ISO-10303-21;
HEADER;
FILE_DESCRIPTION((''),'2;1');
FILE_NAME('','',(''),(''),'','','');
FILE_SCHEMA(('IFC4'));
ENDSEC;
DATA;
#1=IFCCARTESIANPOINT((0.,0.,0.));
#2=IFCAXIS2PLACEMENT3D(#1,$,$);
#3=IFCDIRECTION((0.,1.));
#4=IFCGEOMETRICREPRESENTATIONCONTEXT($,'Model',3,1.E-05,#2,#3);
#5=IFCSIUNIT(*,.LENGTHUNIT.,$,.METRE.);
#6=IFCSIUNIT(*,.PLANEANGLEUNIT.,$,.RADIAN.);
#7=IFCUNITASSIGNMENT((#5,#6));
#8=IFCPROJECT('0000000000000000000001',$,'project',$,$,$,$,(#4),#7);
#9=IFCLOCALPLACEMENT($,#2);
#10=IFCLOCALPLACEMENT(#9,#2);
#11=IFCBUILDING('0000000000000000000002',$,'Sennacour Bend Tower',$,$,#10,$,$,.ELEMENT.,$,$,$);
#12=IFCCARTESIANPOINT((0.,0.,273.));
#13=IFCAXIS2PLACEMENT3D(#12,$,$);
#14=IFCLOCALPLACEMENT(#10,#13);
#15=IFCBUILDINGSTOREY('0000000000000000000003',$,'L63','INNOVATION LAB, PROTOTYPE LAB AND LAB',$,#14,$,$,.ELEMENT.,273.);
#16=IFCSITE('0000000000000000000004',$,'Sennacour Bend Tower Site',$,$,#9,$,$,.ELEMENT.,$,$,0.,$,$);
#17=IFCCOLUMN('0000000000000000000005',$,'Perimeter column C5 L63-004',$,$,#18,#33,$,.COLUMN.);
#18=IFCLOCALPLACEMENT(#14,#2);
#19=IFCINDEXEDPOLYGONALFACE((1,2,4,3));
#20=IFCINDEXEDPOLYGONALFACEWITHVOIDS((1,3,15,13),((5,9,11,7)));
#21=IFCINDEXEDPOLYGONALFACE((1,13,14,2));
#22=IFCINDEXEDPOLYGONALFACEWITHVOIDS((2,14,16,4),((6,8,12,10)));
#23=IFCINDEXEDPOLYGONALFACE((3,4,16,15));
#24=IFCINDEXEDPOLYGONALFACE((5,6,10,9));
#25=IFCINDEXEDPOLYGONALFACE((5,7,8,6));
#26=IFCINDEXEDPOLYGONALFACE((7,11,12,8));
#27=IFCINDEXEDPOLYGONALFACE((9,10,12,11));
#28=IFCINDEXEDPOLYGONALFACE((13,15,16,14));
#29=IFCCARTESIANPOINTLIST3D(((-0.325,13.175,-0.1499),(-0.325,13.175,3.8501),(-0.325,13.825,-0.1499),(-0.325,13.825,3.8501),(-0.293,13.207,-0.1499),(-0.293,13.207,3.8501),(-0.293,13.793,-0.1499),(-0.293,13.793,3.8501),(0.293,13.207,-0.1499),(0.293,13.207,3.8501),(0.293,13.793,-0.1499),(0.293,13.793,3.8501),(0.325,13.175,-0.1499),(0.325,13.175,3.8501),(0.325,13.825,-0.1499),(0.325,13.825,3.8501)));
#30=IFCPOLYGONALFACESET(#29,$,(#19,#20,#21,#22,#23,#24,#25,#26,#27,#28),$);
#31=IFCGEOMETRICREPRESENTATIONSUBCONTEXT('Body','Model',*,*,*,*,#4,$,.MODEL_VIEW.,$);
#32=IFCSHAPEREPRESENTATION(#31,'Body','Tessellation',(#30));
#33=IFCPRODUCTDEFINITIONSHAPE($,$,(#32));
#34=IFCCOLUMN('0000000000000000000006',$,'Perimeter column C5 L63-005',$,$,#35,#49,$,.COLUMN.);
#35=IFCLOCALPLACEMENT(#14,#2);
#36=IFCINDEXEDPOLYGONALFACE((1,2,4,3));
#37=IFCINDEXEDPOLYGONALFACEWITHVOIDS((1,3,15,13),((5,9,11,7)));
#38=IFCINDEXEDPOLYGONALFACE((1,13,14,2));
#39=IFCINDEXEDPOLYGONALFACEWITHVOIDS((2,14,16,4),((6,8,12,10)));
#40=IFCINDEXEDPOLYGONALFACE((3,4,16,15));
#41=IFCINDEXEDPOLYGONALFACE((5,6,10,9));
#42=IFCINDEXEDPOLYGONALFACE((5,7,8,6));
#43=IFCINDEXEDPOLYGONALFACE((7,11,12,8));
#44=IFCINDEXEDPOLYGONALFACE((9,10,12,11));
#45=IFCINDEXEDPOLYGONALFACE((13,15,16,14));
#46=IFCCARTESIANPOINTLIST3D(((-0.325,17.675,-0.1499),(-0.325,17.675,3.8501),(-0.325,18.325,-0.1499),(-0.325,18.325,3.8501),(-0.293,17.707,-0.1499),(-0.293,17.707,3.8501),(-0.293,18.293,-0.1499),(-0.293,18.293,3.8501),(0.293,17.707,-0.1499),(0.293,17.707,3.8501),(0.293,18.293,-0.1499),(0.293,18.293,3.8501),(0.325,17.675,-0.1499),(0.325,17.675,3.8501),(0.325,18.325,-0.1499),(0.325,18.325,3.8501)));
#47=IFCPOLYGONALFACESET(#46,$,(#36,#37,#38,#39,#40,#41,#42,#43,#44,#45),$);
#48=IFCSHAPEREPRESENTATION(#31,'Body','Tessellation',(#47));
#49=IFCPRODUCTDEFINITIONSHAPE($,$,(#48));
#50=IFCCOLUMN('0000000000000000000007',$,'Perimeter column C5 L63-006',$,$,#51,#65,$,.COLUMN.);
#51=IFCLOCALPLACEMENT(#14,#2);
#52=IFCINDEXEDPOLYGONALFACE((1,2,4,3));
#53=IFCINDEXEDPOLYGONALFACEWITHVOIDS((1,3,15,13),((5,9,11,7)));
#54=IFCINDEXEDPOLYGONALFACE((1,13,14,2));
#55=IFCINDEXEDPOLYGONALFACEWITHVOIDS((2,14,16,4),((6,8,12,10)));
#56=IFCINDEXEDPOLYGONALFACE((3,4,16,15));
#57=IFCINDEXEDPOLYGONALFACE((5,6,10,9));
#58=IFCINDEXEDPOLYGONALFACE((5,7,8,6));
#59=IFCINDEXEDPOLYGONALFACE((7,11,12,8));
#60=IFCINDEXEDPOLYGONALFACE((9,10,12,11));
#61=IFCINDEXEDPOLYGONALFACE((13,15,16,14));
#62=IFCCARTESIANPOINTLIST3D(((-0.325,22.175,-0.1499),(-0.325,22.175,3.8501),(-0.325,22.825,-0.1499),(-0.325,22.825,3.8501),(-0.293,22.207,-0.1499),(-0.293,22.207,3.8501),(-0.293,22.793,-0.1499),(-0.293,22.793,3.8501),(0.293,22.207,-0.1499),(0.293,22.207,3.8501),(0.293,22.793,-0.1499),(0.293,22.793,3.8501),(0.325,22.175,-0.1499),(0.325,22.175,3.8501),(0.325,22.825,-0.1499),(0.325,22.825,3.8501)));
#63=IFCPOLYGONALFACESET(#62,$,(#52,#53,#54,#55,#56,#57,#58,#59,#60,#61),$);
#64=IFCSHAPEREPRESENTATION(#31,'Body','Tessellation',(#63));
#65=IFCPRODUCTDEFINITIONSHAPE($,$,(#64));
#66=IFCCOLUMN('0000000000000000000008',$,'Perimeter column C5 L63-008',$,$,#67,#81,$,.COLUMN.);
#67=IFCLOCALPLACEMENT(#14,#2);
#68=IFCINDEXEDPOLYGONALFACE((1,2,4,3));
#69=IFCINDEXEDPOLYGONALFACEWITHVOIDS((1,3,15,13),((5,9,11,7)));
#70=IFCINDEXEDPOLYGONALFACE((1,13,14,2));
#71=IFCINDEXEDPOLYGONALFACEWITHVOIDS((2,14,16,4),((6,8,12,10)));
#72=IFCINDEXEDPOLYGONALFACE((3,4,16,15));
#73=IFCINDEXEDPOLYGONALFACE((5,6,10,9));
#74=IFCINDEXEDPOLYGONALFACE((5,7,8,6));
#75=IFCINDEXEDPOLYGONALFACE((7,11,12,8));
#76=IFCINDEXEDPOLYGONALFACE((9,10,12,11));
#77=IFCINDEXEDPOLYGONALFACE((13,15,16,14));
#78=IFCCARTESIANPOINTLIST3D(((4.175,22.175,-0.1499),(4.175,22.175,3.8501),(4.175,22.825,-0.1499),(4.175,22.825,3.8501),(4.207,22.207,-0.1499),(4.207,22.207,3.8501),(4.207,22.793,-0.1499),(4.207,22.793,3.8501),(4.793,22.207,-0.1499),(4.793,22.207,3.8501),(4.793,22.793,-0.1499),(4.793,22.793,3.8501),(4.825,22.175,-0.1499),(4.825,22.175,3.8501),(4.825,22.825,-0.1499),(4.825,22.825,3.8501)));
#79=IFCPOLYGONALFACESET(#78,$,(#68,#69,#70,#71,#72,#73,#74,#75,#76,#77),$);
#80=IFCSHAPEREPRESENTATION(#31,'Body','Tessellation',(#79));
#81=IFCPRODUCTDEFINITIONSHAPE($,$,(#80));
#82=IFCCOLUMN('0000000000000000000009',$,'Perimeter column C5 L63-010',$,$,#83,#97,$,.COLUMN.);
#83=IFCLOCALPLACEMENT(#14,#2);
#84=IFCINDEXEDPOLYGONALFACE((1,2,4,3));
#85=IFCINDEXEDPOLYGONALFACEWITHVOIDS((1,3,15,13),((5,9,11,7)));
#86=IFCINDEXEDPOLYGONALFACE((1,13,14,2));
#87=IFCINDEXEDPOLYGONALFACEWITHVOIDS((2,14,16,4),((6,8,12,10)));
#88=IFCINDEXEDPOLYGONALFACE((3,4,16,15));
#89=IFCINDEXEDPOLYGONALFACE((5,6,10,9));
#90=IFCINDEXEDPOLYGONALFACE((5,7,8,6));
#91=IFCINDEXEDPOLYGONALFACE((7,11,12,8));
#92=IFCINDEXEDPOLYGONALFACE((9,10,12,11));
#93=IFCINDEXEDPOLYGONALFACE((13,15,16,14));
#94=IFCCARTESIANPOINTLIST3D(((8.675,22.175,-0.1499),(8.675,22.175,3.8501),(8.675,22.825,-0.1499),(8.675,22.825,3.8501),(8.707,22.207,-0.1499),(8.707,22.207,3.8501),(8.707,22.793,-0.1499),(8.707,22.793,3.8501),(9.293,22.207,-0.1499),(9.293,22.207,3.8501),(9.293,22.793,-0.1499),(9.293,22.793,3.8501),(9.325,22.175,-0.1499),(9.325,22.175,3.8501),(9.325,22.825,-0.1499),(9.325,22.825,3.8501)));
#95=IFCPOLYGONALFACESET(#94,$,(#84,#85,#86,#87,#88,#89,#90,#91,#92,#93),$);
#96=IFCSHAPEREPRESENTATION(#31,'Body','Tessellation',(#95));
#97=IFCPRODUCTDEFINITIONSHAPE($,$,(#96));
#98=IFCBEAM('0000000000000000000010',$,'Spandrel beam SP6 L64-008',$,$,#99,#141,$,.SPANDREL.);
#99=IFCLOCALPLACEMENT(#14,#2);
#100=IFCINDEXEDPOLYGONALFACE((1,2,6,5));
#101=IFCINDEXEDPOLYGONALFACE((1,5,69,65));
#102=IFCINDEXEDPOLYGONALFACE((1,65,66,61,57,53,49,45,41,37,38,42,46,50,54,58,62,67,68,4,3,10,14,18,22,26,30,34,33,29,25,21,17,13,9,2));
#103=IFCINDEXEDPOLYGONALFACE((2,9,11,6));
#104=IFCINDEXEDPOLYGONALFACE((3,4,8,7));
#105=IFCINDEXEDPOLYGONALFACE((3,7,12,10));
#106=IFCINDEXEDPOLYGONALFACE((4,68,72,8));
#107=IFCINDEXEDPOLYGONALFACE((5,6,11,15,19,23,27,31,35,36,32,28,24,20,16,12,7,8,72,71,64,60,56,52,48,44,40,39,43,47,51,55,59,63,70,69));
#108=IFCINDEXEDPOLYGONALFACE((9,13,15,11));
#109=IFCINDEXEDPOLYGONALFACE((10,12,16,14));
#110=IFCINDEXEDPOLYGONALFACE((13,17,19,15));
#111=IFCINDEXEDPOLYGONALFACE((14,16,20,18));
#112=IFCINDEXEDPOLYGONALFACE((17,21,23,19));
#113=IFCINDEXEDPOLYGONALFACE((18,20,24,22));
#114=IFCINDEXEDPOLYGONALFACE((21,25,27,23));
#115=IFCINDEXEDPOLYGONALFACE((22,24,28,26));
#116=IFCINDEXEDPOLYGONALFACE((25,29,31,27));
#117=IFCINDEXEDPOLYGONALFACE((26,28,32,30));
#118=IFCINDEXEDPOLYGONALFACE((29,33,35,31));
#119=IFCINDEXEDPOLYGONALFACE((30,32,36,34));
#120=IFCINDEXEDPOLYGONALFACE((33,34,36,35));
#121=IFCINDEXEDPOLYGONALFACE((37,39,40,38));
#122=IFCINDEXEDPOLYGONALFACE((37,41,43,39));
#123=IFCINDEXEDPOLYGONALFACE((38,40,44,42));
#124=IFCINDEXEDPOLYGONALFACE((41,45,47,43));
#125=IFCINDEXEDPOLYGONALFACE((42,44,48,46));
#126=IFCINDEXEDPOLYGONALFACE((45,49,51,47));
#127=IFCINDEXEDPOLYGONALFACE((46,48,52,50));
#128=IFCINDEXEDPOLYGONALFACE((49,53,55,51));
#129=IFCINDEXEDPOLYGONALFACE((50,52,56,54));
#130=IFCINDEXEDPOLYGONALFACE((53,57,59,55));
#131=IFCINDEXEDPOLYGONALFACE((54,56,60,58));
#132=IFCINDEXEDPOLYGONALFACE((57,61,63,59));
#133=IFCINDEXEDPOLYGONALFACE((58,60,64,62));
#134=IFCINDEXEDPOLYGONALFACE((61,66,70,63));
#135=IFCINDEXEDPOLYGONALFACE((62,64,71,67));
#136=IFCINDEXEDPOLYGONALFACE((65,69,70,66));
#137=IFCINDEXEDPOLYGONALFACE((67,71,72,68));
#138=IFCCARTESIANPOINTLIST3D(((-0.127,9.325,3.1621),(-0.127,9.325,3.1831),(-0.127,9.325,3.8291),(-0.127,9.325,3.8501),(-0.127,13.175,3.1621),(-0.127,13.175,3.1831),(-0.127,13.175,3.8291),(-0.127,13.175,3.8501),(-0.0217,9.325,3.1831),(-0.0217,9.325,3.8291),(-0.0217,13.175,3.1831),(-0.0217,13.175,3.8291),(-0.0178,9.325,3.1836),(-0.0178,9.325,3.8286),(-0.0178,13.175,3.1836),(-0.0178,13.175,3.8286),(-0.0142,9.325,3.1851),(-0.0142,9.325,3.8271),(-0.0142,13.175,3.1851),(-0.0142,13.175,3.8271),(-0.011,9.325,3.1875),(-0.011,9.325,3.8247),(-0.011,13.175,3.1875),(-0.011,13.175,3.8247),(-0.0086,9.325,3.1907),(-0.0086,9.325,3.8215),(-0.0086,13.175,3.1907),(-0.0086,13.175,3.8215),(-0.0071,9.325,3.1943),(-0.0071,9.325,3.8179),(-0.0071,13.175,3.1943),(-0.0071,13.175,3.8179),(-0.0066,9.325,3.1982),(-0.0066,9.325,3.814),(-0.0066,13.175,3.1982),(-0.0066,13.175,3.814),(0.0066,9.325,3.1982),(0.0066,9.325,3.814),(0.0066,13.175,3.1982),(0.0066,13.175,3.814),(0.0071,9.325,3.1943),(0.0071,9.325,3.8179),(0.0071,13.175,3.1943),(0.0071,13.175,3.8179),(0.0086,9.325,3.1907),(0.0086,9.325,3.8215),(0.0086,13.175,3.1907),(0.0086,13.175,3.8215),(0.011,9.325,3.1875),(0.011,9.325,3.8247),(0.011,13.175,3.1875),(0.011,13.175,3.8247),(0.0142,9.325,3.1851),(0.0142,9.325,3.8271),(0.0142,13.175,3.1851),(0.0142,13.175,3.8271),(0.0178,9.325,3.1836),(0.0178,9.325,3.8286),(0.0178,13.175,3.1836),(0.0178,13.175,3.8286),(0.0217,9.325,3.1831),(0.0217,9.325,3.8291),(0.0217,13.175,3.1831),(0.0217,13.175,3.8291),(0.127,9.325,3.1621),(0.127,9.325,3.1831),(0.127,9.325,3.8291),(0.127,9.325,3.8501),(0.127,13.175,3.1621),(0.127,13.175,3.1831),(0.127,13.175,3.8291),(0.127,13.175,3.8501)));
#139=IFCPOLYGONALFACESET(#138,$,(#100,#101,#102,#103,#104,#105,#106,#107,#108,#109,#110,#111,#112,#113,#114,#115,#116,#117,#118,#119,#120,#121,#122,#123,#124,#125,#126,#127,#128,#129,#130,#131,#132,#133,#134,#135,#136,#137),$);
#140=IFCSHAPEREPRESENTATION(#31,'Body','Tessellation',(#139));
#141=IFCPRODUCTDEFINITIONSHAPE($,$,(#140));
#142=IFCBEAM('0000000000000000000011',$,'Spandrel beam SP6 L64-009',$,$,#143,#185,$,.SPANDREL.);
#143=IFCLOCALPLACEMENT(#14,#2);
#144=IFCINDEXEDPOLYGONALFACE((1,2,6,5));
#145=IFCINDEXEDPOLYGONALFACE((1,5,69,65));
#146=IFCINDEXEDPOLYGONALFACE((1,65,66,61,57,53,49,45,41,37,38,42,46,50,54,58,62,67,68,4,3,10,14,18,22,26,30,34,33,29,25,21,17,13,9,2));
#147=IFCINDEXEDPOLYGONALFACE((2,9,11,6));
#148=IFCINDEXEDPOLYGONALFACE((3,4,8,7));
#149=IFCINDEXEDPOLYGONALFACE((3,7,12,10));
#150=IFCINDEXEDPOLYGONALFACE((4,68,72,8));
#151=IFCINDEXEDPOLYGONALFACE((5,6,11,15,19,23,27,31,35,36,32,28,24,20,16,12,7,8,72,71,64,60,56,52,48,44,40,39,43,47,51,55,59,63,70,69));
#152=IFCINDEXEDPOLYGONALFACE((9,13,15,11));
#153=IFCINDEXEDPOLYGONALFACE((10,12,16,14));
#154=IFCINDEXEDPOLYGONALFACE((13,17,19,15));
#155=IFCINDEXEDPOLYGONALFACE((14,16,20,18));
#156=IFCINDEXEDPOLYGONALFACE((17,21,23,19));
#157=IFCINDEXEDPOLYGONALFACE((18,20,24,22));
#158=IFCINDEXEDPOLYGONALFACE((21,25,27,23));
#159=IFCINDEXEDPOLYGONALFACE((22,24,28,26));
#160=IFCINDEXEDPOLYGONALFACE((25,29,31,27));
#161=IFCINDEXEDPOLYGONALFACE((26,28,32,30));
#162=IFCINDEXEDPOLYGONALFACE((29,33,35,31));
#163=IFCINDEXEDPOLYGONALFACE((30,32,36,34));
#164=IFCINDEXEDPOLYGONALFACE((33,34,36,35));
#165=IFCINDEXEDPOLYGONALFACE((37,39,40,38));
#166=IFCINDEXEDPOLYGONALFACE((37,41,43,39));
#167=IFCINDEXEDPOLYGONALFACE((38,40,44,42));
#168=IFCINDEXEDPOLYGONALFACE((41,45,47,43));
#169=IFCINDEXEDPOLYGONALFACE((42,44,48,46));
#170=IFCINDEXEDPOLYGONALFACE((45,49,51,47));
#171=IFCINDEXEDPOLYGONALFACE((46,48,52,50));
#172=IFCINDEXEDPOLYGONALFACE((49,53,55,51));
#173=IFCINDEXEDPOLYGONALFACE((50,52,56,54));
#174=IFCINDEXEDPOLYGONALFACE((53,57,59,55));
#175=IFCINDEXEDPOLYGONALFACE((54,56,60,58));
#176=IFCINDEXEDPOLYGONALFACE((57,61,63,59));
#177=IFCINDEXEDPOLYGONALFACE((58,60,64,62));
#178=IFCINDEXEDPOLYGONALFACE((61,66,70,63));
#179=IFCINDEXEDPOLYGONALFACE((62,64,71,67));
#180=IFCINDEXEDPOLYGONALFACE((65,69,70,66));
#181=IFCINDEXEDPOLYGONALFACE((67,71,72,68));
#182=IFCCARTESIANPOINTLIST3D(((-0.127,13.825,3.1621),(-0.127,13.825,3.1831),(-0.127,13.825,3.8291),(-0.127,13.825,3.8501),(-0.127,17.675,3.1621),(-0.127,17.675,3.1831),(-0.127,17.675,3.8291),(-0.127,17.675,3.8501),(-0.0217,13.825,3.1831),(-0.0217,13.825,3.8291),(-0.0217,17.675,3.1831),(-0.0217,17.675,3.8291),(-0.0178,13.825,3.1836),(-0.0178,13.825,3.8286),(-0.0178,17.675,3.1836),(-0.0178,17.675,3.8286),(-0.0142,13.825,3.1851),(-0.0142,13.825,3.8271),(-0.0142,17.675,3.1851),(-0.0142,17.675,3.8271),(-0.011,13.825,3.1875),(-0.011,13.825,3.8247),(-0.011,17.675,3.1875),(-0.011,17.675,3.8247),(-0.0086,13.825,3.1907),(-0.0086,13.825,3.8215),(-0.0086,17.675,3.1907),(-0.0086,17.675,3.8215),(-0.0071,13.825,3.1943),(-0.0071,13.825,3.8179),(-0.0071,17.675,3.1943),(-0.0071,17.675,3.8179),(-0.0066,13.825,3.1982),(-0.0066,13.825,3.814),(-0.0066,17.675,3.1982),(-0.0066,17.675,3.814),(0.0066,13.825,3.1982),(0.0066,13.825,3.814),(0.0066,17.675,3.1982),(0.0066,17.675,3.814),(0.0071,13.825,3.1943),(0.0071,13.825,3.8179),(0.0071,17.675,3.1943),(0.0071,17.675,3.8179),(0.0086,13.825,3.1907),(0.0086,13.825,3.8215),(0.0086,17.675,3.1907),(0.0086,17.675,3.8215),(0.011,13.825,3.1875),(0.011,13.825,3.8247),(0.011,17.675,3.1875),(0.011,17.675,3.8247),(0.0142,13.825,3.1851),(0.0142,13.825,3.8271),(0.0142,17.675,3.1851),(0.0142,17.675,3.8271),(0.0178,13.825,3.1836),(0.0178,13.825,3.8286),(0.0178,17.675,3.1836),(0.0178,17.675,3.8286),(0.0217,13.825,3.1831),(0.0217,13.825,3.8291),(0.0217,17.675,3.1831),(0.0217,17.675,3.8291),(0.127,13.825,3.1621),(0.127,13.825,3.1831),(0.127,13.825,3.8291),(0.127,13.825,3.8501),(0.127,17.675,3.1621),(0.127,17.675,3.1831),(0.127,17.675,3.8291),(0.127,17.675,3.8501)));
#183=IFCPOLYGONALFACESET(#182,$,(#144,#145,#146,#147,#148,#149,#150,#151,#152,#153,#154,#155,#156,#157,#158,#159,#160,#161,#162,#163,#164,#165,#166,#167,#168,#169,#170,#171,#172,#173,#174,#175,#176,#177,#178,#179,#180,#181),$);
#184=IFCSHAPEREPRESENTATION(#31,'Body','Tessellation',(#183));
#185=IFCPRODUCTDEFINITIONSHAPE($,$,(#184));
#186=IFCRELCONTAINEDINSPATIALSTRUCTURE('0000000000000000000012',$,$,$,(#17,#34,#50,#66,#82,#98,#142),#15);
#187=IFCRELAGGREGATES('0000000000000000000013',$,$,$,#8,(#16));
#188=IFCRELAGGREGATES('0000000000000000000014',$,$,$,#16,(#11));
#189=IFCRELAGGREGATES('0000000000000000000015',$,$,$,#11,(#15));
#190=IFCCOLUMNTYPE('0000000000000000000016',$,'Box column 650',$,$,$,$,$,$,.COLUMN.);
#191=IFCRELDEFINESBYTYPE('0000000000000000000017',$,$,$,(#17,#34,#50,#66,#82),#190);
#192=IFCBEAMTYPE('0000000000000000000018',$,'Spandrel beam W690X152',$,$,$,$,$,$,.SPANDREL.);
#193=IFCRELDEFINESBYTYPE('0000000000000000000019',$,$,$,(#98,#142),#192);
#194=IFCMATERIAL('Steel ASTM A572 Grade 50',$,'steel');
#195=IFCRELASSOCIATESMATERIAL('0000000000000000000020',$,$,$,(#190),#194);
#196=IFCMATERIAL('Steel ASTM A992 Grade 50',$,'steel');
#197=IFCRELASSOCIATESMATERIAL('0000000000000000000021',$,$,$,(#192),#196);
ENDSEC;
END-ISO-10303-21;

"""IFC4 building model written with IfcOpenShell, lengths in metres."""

from ifc_helpers import new_model, si_unit, direction, frame, origin, origin_2d, place, context, subcontext, project, spatial, hollow_rectangle, i_section, extrude, material, material_profile, profile_set, type_object, element, save


model = new_model("IFC4")

# Units and contexts
model_context = context("Model", 3, precision=1e-05, world=origin(), true_north=direction((0.0, 1.0)))
body_context = subcontext(model_context, "Body", "Model", "MODEL_VIEW")
ifc_project = project(units=[si_unit("LENGTHUNIT", "METRE"), si_unit("PLANEANGLEUNIT", "RADIAN")], contexts=[model_context])

# Site, building, storey
site_placement = place(None, origin())
site = spatial("IfcSite", under=ifc_project, at=site_placement, Name="Sennacour Bend Tower Site", CompositionType="ELEMENT", RefElevation=0.0)
building_placement = place(site_placement, origin())
building = spatial("IfcBuilding", under=site, at=building_placement, Name="Sennacour Bend Tower", CompositionType="ELEMENT")
storey_placement = place(building_placement, frame((0.0, 0.0, 273.0)))
storey = spatial("IfcBuildingStorey", under=building, at=storey_placement, Name="L63", Description="INNOVATION LAB, PROTOTYPE LAB AND LAB", CompositionType="ELEMENT", Elevation=273.0)

# Columns
ifc_material_1 = material(Name="Steel ASTM A572 Grade 50", Category="steel")
ifc_material_profile_1 = material_profile(ifc_material_1, hollow_rectangle(XDim=0.6499, YDim=0.6499, WallThickness=0.032, at=origin_2d()), Name="Steel ASTM A572 Grade 50", Category="steel")
ifc_profile_set_1 = profile_set([ifc_material_profile_1], Name="Steel ASTM A572 Grade 50")
column_type = type_object("IfcColumnType", Name="Box column 650", PredefinedType="COLUMN", material=ifc_profile_set_1)
for number, where, z_axis, x_axis, name in (
    (1, (0.0, 13.5, -0.1499), (0.0, 0.0, 1.0), (1.0, 0.0, 0.0), "Perimeter column C5 L63-004"),
    (2, (0.0, 18.0, -0.1499), (0.0, 0.0, 1.0), (1.0, 0.0, 0.0), "Perimeter column C5 L63-005"),
    (3, (0.0, 22.5, -0.1499), (0.0, 0.0, 1.0), (1.0, 0.0, 0.0), "Perimeter column C5 L63-006"),
    (4, (4.5, 22.5, -0.1499), (0.0, 0.0, 1.0), (1.0, 0.0, 0.0), "Perimeter column C5 L63-008"),
    (5, (9.0, 22.5, -0.1499), (0.0, 0.0, 1.0), (1.0, 0.0, 0.0), "Perimeter column C5 L63-010"),
):
    element("IfcColumn", number, at=place(storey_placement, frame(where, z_axis=z_axis, x_axis=x_axis)), inside=storey, type_object=column_type, Name=name, PredefinedType="COLUMN", context=body_context, shape_type="SweptSolid", body=[
        extrude(hollow_rectangle(XDim=0.6499, YDim=0.6499, WallThickness=0.032, at=origin_2d()), origin(), (0.0, 0.0, 1.0), 4.0),
    ])

# Beams
ifc_material_2 = material(Name="Steel ASTM A992 Grade 50", Category="steel")
ifc_material_profile_2 = material_profile(ifc_material_2, i_section(OverallWidth=0.2539, OverallDepth=0.688, WebThickness=0.0132, FlangeThickness=0.021, FilletRadius=0.0151, at=origin_2d()), Name="Steel ASTM A992 Grade 50", Category="steel")
ifc_profile_set_2 = profile_set([ifc_material_profile_2], Name="Steel ASTM A992 Grade 50")
beam_type = type_object("IfcBeamType", Name="Spandrel beam W690X152", PredefinedType="SPANDREL", material=ifc_profile_set_2)
for number, where, z_axis, x_axis, name in (
    (6, (0.0, 9.325, 3.5061), (0.0, 1.0, 0.0), (-1.0, 0.0, 0.0), "Spandrel beam SP6 L64-008"),
    (7, (0.0, 13.825, 3.5061), (0.0, 1.0, 0.0), (-1.0, 0.0, 0.0), "Spandrel beam SP6 L64-009"),
):
    element("IfcBeam", number, at=place(storey_placement, frame(where, z_axis=z_axis, x_axis=x_axis)), inside=storey, type_object=beam_type, Name=name, PredefinedType="SPANDREL", context=body_context, shape_type="SweptSolid", body=[
        extrude(i_section(OverallWidth=0.2539, OverallDepth=0.688, WebThickness=0.0132, FlangeThickness=0.021, FilletRadius=0.0151, at=origin_2d()), origin(), (0.0, 0.0, 1.0), 3.8501),
    ])

save(model, "model.ifc")
